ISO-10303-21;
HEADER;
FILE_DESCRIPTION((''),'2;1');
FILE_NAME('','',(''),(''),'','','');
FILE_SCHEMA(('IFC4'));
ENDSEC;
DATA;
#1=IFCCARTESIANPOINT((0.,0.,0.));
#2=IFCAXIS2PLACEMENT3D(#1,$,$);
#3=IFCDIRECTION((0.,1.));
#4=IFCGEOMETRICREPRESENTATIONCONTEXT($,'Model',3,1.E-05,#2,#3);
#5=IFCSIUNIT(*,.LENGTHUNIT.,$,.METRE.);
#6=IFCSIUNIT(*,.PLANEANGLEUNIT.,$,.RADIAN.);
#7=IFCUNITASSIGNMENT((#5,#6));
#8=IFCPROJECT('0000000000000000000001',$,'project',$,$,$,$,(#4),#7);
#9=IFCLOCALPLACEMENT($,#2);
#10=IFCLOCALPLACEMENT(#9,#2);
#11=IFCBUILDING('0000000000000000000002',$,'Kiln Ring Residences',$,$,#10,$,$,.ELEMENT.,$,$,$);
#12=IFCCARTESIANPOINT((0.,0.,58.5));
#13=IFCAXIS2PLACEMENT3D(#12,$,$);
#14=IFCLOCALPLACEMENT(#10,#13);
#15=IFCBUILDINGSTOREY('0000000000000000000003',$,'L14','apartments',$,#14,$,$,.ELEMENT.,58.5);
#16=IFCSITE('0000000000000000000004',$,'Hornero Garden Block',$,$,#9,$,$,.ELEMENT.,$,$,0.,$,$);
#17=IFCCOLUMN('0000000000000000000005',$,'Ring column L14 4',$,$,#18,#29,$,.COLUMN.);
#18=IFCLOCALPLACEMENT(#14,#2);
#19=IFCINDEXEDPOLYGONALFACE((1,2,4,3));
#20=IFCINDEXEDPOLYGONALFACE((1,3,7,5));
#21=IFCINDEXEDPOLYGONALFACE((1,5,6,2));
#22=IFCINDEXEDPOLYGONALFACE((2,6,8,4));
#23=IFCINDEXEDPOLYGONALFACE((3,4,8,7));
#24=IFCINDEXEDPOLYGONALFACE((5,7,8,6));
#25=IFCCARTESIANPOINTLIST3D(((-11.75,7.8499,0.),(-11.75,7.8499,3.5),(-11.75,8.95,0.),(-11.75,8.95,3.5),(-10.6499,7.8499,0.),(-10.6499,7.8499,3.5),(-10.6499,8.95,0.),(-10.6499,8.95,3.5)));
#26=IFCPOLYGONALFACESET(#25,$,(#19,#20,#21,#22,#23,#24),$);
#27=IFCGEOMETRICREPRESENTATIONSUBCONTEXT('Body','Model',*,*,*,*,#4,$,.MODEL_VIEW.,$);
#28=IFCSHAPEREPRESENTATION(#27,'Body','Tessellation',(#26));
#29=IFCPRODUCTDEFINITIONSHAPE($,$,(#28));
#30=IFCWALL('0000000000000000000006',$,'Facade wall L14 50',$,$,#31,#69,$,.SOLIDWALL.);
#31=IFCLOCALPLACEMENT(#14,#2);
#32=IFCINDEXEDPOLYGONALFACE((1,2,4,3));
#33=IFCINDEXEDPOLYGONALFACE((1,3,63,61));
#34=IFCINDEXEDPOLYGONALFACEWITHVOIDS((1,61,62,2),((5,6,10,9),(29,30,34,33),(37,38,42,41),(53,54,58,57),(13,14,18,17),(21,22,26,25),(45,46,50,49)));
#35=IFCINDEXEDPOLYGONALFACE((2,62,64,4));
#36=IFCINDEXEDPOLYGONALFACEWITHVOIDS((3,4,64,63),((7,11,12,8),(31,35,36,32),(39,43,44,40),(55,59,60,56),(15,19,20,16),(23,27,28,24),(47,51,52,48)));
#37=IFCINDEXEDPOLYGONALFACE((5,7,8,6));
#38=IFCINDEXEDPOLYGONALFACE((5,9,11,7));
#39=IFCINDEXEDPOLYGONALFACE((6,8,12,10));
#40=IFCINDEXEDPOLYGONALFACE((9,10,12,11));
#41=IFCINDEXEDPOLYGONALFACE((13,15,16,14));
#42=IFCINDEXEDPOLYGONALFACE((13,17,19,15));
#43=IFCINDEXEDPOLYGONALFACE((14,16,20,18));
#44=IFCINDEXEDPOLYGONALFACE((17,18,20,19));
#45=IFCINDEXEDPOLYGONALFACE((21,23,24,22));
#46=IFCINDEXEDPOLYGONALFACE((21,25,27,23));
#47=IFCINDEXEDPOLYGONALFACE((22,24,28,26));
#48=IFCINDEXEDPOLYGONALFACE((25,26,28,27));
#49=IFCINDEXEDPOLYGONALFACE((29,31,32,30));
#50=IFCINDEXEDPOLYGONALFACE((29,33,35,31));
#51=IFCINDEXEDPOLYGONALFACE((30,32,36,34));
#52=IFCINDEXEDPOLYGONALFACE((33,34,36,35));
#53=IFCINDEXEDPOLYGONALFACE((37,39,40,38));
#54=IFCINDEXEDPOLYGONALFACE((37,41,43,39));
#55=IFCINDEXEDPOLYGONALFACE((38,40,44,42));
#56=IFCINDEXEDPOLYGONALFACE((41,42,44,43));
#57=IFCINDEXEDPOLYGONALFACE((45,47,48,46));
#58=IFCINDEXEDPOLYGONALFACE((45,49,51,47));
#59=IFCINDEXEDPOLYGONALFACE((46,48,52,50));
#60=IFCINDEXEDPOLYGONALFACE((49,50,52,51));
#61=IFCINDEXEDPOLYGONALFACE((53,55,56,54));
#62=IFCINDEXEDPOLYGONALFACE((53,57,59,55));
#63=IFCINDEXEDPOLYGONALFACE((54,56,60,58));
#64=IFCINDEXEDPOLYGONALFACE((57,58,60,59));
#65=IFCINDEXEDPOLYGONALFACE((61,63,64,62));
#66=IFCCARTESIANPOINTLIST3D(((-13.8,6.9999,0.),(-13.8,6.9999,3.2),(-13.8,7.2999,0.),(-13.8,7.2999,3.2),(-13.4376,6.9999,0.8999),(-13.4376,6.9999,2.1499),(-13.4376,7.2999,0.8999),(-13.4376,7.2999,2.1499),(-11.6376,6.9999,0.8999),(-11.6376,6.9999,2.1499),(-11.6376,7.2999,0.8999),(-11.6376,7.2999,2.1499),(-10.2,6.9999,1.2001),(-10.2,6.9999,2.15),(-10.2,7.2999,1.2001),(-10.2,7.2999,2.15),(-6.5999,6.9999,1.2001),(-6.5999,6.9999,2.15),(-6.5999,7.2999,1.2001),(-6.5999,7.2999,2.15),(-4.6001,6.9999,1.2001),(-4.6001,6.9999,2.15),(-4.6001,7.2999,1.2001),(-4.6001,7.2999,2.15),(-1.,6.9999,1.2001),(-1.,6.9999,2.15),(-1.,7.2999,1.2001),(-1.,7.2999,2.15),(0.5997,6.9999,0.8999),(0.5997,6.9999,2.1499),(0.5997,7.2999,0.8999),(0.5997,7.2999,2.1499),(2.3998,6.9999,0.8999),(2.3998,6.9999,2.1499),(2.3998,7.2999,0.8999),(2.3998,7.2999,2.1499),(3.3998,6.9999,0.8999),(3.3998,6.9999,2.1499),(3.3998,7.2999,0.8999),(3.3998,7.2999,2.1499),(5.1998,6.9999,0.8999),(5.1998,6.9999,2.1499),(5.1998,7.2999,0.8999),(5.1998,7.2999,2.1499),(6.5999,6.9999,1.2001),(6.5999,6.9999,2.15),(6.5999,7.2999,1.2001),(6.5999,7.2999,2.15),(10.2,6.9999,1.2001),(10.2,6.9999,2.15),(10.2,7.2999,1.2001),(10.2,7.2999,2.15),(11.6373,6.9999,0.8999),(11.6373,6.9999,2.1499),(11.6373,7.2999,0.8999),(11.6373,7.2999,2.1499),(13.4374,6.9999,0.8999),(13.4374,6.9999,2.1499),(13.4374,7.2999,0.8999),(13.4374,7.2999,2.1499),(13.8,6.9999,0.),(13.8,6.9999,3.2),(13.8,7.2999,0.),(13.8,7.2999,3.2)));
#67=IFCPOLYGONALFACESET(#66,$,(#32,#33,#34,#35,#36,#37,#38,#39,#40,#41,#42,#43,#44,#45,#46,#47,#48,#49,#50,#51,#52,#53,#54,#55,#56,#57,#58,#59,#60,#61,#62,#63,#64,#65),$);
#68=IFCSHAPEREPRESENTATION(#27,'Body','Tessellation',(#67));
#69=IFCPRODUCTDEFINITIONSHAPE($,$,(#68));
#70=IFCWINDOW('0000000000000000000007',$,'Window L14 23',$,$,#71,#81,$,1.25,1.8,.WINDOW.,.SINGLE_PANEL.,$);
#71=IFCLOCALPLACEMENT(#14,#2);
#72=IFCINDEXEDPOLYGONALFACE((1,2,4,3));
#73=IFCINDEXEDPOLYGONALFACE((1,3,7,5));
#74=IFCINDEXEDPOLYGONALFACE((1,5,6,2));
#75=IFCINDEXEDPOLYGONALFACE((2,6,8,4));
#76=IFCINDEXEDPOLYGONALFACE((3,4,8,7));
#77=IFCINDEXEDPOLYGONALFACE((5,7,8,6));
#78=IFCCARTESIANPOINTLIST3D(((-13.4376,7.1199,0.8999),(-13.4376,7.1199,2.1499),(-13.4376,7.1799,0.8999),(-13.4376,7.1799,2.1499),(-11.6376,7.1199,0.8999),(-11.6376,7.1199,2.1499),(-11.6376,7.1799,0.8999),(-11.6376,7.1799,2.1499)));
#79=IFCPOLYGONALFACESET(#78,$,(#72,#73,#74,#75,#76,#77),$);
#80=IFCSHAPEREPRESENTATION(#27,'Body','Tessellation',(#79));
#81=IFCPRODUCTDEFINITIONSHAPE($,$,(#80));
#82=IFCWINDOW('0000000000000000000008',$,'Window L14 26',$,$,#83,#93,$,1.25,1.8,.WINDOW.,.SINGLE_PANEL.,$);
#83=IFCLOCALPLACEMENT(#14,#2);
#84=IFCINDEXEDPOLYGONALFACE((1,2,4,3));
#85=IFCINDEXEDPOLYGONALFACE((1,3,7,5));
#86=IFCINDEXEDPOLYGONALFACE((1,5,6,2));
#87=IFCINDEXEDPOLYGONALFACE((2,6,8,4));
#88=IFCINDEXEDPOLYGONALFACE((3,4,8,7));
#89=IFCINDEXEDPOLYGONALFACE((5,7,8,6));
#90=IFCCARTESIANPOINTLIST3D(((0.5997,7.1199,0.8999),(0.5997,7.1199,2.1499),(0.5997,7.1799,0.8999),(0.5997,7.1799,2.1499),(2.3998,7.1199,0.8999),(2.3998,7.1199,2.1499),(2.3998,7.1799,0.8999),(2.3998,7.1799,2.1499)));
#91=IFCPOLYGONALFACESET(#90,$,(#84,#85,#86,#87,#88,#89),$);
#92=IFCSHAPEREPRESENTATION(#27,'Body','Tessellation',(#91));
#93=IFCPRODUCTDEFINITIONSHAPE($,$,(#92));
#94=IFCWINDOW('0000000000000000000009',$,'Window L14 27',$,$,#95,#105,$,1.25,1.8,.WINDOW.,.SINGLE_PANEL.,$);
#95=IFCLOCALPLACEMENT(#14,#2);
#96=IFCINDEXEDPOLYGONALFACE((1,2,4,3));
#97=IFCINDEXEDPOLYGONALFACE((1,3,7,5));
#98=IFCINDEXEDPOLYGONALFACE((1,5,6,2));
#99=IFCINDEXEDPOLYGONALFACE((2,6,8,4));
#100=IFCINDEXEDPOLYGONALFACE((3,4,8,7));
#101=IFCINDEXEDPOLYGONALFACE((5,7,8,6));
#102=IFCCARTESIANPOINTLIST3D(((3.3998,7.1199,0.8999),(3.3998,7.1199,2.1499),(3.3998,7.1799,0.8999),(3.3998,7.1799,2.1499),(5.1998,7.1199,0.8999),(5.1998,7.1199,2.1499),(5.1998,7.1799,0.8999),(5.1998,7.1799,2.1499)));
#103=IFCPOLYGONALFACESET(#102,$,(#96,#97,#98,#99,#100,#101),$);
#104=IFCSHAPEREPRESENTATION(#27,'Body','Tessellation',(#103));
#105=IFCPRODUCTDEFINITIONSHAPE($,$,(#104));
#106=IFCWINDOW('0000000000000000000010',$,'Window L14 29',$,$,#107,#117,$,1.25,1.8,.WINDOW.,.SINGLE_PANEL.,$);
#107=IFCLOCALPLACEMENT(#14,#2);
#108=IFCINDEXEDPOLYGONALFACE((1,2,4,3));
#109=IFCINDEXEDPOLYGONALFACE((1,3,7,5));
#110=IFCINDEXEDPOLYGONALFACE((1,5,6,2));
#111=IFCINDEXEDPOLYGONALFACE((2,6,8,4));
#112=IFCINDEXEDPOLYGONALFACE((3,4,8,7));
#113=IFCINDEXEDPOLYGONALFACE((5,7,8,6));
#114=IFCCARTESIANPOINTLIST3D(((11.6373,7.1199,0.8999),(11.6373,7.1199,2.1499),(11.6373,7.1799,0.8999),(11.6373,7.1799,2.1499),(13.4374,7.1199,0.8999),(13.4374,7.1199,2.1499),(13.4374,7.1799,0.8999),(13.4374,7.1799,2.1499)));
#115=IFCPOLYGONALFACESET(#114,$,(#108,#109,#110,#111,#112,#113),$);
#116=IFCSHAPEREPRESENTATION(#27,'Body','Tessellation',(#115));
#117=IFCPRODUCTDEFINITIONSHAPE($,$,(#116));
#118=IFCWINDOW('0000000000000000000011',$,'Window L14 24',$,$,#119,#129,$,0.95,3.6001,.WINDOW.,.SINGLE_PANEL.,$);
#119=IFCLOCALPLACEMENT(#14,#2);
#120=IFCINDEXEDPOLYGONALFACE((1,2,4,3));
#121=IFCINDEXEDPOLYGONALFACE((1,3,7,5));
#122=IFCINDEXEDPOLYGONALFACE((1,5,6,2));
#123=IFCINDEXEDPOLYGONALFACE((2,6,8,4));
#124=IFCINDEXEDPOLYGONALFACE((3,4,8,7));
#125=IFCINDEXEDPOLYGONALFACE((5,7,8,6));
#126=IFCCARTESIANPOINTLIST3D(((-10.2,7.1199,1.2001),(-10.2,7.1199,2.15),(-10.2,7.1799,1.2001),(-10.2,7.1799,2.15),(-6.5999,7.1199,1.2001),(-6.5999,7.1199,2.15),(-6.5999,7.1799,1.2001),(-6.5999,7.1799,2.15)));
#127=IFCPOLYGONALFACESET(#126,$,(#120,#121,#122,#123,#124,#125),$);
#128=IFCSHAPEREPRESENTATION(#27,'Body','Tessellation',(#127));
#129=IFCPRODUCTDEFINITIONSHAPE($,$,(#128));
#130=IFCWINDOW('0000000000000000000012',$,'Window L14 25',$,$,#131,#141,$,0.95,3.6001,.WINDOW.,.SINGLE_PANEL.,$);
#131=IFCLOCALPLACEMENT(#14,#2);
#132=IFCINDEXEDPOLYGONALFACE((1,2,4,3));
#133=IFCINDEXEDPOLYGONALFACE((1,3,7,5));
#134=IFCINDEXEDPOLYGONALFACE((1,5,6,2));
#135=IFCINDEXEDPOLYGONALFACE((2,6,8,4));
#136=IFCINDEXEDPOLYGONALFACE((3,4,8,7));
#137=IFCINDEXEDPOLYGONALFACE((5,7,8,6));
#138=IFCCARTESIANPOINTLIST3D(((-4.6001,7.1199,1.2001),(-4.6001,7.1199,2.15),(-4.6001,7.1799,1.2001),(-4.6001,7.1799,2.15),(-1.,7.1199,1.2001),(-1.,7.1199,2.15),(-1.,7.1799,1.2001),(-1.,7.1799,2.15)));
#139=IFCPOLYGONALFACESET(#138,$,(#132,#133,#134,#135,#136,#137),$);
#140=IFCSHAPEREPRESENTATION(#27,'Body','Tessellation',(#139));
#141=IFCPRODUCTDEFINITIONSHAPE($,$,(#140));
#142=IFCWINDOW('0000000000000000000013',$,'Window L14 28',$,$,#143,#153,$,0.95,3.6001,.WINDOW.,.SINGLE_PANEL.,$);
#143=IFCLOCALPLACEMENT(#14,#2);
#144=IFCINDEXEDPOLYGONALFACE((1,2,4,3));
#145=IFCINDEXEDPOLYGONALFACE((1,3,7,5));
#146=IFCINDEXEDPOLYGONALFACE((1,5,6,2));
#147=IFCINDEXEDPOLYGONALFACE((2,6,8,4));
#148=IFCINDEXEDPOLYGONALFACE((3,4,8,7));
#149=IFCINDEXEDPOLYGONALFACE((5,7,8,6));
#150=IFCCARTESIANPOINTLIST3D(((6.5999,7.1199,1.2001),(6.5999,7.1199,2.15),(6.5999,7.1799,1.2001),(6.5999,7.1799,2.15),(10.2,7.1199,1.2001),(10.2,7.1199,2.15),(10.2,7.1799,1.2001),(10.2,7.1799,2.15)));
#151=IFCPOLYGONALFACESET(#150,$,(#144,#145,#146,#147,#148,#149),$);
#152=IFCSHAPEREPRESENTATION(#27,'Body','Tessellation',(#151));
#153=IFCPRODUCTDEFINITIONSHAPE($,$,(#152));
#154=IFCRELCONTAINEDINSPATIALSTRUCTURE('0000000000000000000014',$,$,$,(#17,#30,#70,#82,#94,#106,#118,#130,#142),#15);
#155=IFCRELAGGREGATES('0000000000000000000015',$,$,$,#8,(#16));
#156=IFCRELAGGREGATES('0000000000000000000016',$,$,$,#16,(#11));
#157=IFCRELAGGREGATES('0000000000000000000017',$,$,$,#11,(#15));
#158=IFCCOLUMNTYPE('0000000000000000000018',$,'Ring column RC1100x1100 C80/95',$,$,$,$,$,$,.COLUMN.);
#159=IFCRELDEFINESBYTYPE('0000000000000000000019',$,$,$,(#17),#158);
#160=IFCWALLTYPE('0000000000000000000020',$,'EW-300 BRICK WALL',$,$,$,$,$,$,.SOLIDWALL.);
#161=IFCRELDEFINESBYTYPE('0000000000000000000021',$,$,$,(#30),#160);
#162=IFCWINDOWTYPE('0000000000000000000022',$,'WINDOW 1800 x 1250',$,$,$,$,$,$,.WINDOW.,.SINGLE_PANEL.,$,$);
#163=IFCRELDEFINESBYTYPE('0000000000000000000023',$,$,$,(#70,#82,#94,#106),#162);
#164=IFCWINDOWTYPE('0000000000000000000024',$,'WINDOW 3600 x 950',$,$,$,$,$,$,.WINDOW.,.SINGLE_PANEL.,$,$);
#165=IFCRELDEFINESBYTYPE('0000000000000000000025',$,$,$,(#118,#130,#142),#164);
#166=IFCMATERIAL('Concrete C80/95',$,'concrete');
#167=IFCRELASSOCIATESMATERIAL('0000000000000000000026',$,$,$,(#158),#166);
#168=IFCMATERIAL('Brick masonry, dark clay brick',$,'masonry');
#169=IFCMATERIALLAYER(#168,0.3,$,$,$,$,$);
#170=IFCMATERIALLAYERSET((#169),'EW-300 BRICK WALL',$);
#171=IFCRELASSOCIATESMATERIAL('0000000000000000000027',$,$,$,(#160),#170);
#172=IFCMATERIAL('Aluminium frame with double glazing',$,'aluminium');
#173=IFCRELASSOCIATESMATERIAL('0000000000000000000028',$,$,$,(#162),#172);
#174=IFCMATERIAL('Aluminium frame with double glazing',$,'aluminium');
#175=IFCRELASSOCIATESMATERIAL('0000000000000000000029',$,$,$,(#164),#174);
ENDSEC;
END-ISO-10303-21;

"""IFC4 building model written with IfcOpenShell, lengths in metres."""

from ifc_helpers import new_model, si_unit, direction, frame, frame_2d, origin, origin_2d, place, context, subcontext, project, spatial, rectangle, extrude, material, layer, layer_set, material_profile, profile_set, type_object, element, fill, save


model = new_model("IFC4")

# Units and contexts
model_context = context("Model", 3, precision=1e-05, world=origin(), true_north=direction((0.0, 1.0)))
body_context = subcontext(model_context, "Body", "Model", "MODEL_VIEW")
ifc_project = project(units=[si_unit("LENGTHUNIT", "METRE"), si_unit("PLANEANGLEUNIT", "RADIAN")], contexts=[model_context])

# Site, building, storey
site_placement = place(None, origin())
site = spatial("IfcSite", under=ifc_project, at=site_placement, Name="Hornero Garden Block", CompositionType="ELEMENT", RefElevation=0.0)
building_placement = place(site_placement, origin())
building = spatial("IfcBuilding", under=site, at=building_placement, Name="Kiln Ring Residences", CompositionType="ELEMENT")
storey_placement = place(building_placement, frame((0.0, 0.0, 58.5)))
storey = spatial("IfcBuildingStorey", under=building, at=storey_placement, Name="L14", Description="apartments", CompositionType="ELEMENT", Elevation=58.5)

# Column
ifc_material_1 = material(Name="Concrete C80/95", Category="concrete")
ifc_material_profile = material_profile(ifc_material_1, rectangle(XDim=1.1001, YDim=1.1001, at=origin_2d()), Name="RC1100x1100")
ifc_profile_set = profile_set([ifc_material_profile], Name="Concrete C80/95")
column_type = type_object("IfcColumnType", Name="Ring column RC1100x1100 C80/95", PredefinedType="COLUMN", material=ifc_profile_set)
column_placement = place(storey_placement, frame((-11.2, 8.3999, 0.0), z_axis=(0.0, 0.0, 1.0), x_axis=(1.0, 0.0, 0.0)))
element("IfcColumn", 1, at=column_placement, inside=storey, type_object=column_type, Name="Ring column L14 4", PredefinedType="COLUMN", context=body_context, shape_type="SweptSolid", body=[
    extrude(rectangle(XDim=1.1001, YDim=1.1001, at=origin_2d()), origin(), (0.0, 0.0, 1.0), 3.5),
])

# Wall, openings, windows
ifc_material_2 = material(Name="Brick masonry, dark clay brick", Category="masonry")
ifc_layer_1 = layer(ifc_material_2, 0.3)
ifc_layer_set_1 = layer_set([ifc_layer_1], Name="EW-300 BRICK WALL")
wall_type_1 = type_object("IfcWallType", Name="EW-300 BRICK WALL", PredefinedType="SOLIDWALL", material=ifc_layer_set_1)
wall_1_placement = place(storey_placement, frame((-13.8, 7.1499, 0.0), z_axis=(0.0, 0.0, 1.0), x_axis=(1.0, 0.0, 0.0)))
wall_1 = element("IfcWall", 2, at=wall_1_placement, inside=storey, type_object=wall_type_1, Name="Facade wall L14 50", PredefinedType="SOLIDWALL", context=body_context, shape_type="SweptSolid", body=[
    extrude(rectangle(XDim=27.6001, YDim=0.3, at=frame_2d((13.8, 0.0))), origin(), (0.0, 0.0, 1.0), 3.2),
])
opening_1_placement = place(wall_1_placement, frame((0.3625, 0.0, 0.8999)))
opening_1 = element("IfcOpeningElement", 3, at=opening_1_placement, cuts=wall_1, PredefinedType="OPENING", context=body_context, shape_type="SweptSolid", body=[
    extrude(rectangle(XDim=1.8, YDim=1.25, at=frame_2d((0.8999, 0.625))), frame((0.0, 0.1599, 0.0), z_axis=(0.0, -1.0, 0.0), x_axis=(1.0, 0.0, 0.0)), (0.0, 0.0, 1.0), 0.3201),
])
opening_2_placement = place(wall_1_placement, frame((3.6001, 0.0, 1.2)))
opening_2 = element("IfcOpeningElement", 4, at=opening_2_placement, cuts=wall_1, PredefinedType="OPENING", context=body_context, shape_type="SweptSolid", body=[
    extrude(rectangle(XDim=3.6001, YDim=0.95, at=frame_2d((1.8, 0.4751))), frame((0.0, 0.1599, 0.0), z_axis=(0.0, -1.0, 0.0), x_axis=(1.0, 0.0, 0.0)), (0.0, 0.0, 1.0), 0.3201),
])
opening_3_placement = place(wall_1_placement, frame((9.2, 0.0, 1.2)))
opening_3 = element("IfcOpeningElement", 5, at=opening_3_placement, cuts=wall_1, PredefinedType="OPENING", context=body_context, shape_type="SweptSolid", body=[
    extrude(rectangle(XDim=3.6001, YDim=0.95, at=frame_2d((1.8, 0.4751))), frame((0.0, 0.1599, 0.0), z_axis=(0.0, -1.0, 0.0), x_axis=(1.0, 0.0, 0.0)), (0.0, 0.0, 1.0), 0.3201),
])
opening_4_placement = place(wall_1_placement, frame((14.3999, 0.0, 0.8999)))
opening_4 = element("IfcOpeningElement", 6, at=opening_4_placement, cuts=wall_1, PredefinedType="OPENING", context=body_context, shape_type="SweptSolid", body=[
    extrude(rectangle(XDim=1.8, YDim=1.25, at=frame_2d((0.8999, 0.625))), frame((0.0, 0.1599, 0.0), z_axis=(0.0, -1.0, 0.0), x_axis=(1.0, 0.0, 0.0)), (0.0, 0.0, 1.0), 0.3201),
])
opening_5_placement = place(wall_1_placement, frame((17.2, 0.0, 0.8999)))
opening_5 = element("IfcOpeningElement", 7, at=opening_5_placement, cuts=wall_1, PredefinedType="OPENING", context=body_context, shape_type="SweptSolid", body=[
    extrude(rectangle(XDim=1.8, YDim=1.25, at=frame_2d((0.8999, 0.625))), frame((0.0, 0.1599, 0.0), z_axis=(0.0, -1.0, 0.0), x_axis=(1.0, 0.0, 0.0)), (0.0, 0.0, 1.0), 0.3201),
])
opening_6_placement = place(wall_1_placement, frame((20.3999, 0.0, 1.2)))
opening_6 = element("IfcOpeningElement", 8, at=opening_6_placement, cuts=wall_1, PredefinedType="OPENING", context=body_context, shape_type="SweptSolid", body=[
    extrude(rectangle(XDim=3.6001, YDim=0.95, at=frame_2d((1.8, 0.4751))), frame((0.0, 0.1599, 0.0), z_axis=(0.0, -1.0, 0.0), x_axis=(1.0, 0.0, 0.0)), (0.0, 0.0, 1.0), 0.3201),
])
opening_7_placement = place(wall_1_placement, frame((25.4375, 0.0, 0.8999)))
opening_7 = element("IfcOpeningElement", 9, at=opening_7_placement, cuts=wall_1, PredefinedType="OPENING", context=body_context, shape_type="SweptSolid", body=[
    extrude(rectangle(XDim=1.8, YDim=1.25, at=frame_2d((0.8999, 0.625))), frame((0.0, 0.1599, 0.0), z_axis=(0.0, -1.0, 0.0), x_axis=(1.0, 0.0, 0.0)), (0.0, 0.0, 1.0), 0.3201),
])
ifc_material_3 = material(Name="Aluminium frame with double glazing", Category="aluminium")
window_type_1 = type_object("IfcWindowType", Name="WINDOW 1800 x 1250", PartitioningType="SINGLE_PANEL", PredefinedType="WINDOW", material=ifc_material_3)
window_1_placement = place(opening_1_placement, origin())
window_1 = element("IfcWindow", 10, at=window_1_placement, inside=storey, type_object=window_type_1, Name="Window L14 23", OverallHeight=1.25, OverallWidth=1.8, PartitioningType="SINGLE_PANEL", PredefinedType="WINDOW", context=body_context, shape_type="SweptSolid", body=[
    extrude(rectangle(XDim=1.8, YDim=1.25, at=frame_2d((0.8999, 0.625))), frame((0.0, 0.03, 0.0), z_axis=(0.0, -1.0, 0.0), x_axis=(1.0, 0.0, 0.0)), (0.0, 0.0, 1.0), 0.0601),
])
fill(opening_1, window_1)
window_2_placement = place(opening_4_placement, origin())
window_2 = element("IfcWindow", 11, at=window_2_placement, inside=storey, type_object=window_type_1, Name="Window L14 26", OverallHeight=1.25, OverallWidth=1.8, PartitioningType="SINGLE_PANEL", PredefinedType="WINDOW", context=body_context, shape_type="SweptSolid", body=[
    extrude(rectangle(XDim=1.8, YDim=1.25, at=frame_2d((0.8999, 0.625))), frame((0.0, 0.03, 0.0), z_axis=(0.0, -1.0, 0.0), x_axis=(1.0, 0.0, 0.0)), (0.0, 0.0, 1.0), 0.0601),
])
fill(opening_4, window_2)
window_3_placement = place(opening_5_placement, origin())
window_3 = element("IfcWindow", 12, at=window_3_placement, inside=storey, type_object=window_type_1, Name="Window L14 27", OverallHeight=1.25, OverallWidth=1.8, PartitioningType="SINGLE_PANEL", PredefinedType="WINDOW", context=body_context, shape_type="SweptSolid", body=[
    extrude(rectangle(XDim=1.8, YDim=1.25, at=frame_2d((0.8999, 0.625))), frame((0.0, 0.03, 0.0), z_axis=(0.0, -1.0, 0.0), x_axis=(1.0, 0.0, 0.0)), (0.0, 0.0, 1.0), 0.0601),
])
fill(opening_5, window_3)
window_4_placement = place(opening_7_placement, origin())
window_4 = element("IfcWindow", 13, at=window_4_placement, inside=storey, type_object=window_type_1, Name="Window L14 29", OverallHeight=1.25, OverallWidth=1.8, PartitioningType="SINGLE_PANEL", PredefinedType="WINDOW", context=body_context, shape_type="SweptSolid", body=[
    extrude(rectangle(XDim=1.8, YDim=1.25, at=frame_2d((0.8999, 0.625))), frame((0.0, 0.03, 0.0), z_axis=(0.0, -1.0, 0.0), x_axis=(1.0, 0.0, 0.0)), (0.0, 0.0, 1.0), 0.0601),
])
fill(opening_7, window_4)
ifc_material_4 = material(Name="Aluminium frame with double glazing", Category="aluminium")
window_type_2 = type_object("IfcWindowType", Name="WINDOW 3600 x 950", PartitioningType="SINGLE_PANEL", PredefinedType="WINDOW", material=ifc_material_4)
window_5_placement = place(opening_2_placement, origin())
window_5 = element("IfcWindow", 14, at=window_5_placement, inside=storey, type_object=window_type_2, Name="Window L14 24", OverallHeight=0.95, OverallWidth=3.6001, PartitioningType="SINGLE_PANEL", PredefinedType="WINDOW", context=body_context, shape_type="SweptSolid", body=[
    extrude(rectangle(XDim=3.6001, YDim=0.95, at=frame_2d((1.8, 0.4751))), frame((0.0, 0.03, 0.0), z_axis=(0.0, -1.0, 0.0), x_axis=(1.0, 0.0, 0.0)), (0.0, 0.0, 1.0), 0.0601),
])
fill(opening_2, window_5)
window_6_placement = place(opening_3_placement, origin())
window_6 = element("IfcWindow", 15, at=window_6_placement, inside=storey, type_object=window_type_2, Name="Window L14 25", OverallHeight=0.95, OverallWidth=3.6001, PartitioningType="SINGLE_PANEL", PredefinedType="WINDOW", context=body_context, shape_type="SweptSolid", body=[
    extrude(rectangle(XDim=3.6001, YDim=0.95, at=frame_2d((1.8, 0.4751))), frame((0.0, 0.03, 0.0), z_axis=(0.0, -1.0, 0.0), x_axis=(1.0, 0.0, 0.0)), (0.0, 0.0, 1.0), 0.0601),
])
fill(opening_3, window_6)
window_7_placement = place(opening_6_placement, origin())
window_7 = element("IfcWindow", 16, at=window_7_placement, inside=storey, type_object=window_type_2, Name="Window L14 28", OverallHeight=0.95, OverallWidth=3.6001, PartitioningType="SINGLE_PANEL", PredefinedType="WINDOW", context=body_context, shape_type="SweptSolid", body=[
    extrude(rectangle(XDim=3.6001, YDim=0.95, at=frame_2d((1.8, 0.4751))), frame((0.0, 0.03, 0.0), z_axis=(0.0, -1.0, 0.0), x_axis=(1.0, 0.0, 0.0)), (0.0, 0.0, 1.0), 0.0601),
])
fill(opening_6, window_7)

save(model, "model.ifc")
